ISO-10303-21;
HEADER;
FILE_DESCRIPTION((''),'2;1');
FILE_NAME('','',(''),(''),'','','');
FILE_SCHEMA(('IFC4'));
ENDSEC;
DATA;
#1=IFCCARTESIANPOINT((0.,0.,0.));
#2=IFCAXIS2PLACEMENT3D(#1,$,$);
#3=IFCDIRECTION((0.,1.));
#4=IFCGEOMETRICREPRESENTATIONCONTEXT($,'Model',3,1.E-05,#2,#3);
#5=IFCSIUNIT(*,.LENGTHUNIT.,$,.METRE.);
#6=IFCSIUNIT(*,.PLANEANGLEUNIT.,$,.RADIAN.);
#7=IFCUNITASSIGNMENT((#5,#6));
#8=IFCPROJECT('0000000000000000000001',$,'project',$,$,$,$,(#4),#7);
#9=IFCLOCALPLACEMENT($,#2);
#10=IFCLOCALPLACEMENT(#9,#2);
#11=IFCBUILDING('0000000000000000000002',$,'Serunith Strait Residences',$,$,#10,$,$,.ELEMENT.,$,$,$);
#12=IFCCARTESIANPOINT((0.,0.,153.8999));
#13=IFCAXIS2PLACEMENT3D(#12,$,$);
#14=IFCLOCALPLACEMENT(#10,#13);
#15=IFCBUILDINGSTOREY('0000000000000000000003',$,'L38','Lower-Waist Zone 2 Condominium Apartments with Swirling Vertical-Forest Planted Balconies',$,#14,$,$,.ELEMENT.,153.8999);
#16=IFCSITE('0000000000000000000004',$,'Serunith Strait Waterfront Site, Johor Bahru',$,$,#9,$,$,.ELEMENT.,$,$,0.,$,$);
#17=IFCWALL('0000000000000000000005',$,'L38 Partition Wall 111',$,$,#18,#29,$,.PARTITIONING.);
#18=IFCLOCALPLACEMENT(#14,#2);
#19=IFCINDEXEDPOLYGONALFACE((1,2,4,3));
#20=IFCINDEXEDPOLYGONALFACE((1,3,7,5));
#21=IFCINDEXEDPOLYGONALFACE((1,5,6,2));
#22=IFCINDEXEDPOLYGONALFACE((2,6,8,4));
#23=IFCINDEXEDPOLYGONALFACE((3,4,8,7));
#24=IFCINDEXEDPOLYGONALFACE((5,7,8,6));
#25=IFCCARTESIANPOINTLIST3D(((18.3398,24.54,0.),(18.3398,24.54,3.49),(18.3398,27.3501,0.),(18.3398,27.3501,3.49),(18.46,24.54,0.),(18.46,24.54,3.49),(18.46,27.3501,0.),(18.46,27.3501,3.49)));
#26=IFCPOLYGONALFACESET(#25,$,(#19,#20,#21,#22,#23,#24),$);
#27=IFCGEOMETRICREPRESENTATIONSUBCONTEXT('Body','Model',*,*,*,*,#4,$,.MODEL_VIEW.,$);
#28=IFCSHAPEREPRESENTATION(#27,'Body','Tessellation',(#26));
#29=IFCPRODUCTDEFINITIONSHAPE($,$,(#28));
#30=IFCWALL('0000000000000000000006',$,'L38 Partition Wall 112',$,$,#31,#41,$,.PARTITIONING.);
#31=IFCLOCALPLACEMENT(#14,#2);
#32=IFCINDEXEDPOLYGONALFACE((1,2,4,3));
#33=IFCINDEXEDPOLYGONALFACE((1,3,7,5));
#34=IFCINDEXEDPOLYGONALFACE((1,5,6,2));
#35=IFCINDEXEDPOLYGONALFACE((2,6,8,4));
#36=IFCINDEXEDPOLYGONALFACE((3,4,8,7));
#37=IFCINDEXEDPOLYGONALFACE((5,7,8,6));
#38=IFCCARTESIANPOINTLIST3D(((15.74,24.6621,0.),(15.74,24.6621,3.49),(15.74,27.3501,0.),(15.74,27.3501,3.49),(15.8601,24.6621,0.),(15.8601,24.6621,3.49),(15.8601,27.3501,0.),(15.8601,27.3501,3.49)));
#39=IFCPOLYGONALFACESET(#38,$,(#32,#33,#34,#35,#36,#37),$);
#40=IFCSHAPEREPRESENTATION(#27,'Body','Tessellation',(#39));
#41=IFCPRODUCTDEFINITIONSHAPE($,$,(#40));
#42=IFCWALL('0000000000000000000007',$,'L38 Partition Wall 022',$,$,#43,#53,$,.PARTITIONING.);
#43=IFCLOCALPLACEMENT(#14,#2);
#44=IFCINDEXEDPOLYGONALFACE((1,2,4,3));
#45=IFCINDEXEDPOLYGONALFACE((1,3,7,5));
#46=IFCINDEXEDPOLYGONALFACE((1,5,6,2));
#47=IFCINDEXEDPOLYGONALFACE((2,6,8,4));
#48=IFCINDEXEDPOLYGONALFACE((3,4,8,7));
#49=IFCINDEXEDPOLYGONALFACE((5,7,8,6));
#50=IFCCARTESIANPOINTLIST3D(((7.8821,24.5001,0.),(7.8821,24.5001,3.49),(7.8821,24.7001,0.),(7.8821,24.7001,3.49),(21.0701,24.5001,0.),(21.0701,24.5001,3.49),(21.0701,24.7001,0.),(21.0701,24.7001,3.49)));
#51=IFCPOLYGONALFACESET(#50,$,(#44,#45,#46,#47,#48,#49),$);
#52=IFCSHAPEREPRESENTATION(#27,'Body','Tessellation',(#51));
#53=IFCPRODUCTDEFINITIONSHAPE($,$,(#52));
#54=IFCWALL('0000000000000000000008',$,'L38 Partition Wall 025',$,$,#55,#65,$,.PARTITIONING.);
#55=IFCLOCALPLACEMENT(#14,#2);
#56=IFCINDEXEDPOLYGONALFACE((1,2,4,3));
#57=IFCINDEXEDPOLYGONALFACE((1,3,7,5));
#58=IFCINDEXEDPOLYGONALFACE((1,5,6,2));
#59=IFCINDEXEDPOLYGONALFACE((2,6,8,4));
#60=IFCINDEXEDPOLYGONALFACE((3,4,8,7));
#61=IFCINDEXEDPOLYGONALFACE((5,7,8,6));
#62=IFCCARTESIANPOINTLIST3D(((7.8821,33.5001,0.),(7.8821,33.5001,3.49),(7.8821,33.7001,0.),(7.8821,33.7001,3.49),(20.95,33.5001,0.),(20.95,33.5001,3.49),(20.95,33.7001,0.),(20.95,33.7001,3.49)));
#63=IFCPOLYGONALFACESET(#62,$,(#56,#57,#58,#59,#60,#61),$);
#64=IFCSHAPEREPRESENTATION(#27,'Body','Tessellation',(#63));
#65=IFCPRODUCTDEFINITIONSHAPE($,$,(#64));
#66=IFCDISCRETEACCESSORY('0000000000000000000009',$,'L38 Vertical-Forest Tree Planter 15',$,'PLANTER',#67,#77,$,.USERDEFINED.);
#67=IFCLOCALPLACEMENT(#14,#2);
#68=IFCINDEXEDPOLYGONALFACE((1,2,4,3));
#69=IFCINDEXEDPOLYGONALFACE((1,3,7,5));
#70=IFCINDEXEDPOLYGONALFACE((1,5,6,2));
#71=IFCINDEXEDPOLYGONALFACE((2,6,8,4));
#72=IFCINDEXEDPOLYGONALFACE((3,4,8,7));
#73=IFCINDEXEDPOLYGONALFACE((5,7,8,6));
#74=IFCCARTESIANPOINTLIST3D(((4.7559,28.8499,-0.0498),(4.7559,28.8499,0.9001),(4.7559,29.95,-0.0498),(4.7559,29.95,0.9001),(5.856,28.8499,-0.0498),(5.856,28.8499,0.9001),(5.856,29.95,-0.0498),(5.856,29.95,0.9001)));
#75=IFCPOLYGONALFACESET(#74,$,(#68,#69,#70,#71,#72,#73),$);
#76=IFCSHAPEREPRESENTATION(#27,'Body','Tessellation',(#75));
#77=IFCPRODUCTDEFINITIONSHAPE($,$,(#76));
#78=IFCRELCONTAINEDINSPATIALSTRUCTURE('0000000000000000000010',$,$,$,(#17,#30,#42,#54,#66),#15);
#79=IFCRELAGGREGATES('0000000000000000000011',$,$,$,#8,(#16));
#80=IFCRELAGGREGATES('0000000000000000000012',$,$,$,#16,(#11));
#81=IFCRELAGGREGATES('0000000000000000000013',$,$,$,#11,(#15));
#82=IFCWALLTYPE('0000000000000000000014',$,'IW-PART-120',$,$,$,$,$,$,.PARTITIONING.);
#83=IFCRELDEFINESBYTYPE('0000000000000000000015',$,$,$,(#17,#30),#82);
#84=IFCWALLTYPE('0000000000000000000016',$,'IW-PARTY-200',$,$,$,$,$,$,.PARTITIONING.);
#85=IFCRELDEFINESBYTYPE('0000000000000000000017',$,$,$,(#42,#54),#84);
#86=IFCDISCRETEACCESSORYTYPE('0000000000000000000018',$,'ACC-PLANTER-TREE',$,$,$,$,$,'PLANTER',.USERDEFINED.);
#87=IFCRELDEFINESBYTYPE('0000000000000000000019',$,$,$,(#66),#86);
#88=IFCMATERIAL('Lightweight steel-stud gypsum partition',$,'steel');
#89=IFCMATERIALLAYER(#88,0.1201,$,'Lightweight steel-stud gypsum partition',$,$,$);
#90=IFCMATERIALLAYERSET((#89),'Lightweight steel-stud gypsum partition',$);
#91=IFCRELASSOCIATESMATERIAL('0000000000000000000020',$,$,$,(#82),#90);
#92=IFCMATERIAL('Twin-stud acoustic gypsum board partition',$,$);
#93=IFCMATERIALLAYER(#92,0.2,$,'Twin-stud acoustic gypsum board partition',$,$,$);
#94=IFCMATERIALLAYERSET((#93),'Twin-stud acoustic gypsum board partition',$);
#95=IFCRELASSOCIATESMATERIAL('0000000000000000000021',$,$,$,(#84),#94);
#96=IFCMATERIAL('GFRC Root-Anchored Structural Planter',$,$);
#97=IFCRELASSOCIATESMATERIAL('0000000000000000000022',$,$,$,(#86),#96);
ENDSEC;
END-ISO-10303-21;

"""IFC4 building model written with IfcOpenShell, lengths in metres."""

from ifc_helpers import new_model, si_unit, direction, frame, frame_2d, origin, origin_2d, place, context, subcontext, project, spatial, rectangle, extrude, source, transform, mapped, material, layer, layer_set, type_object, element, save


model = new_model("IFC4")

# Units and contexts
model_context = context("Model", 3, precision=1e-05, world=origin(), true_north=direction((0.0, 1.0)))
body_context = subcontext(model_context, "Body", "Model", "MODEL_VIEW")
ifc_project = project(units=[si_unit("LENGTHUNIT", "METRE"), si_unit("PLANEANGLEUNIT", "RADIAN")], contexts=[model_context])

# Site, building, storey
site_placement = place(None, origin())
site = spatial("IfcSite", under=ifc_project, at=site_placement, Name="Serunith Strait Waterfront Site, Johor Bahru", CompositionType="ELEMENT", RefElevation=0.0)
building_placement = place(site_placement, origin())
building = spatial("IfcBuilding", under=site, at=building_placement, Name="Serunith Strait Residences", CompositionType="ELEMENT")
storey_placement = place(building_placement, frame((0.0, 0.0, 153.8999)))
storey = spatial("IfcBuildingStorey", under=building, at=storey_placement, Name="L38", Description="Lower-Waist Zone 2 Condominium Apartments with Swirling Vertical-Forest Planted Balconies", CompositionType="ELEMENT", Elevation=153.8999)

# Shared definitions
ifc_material_1 = material(Name="Lightweight steel-stud gypsum partition", Category="steel")
ifc_layer_1 = layer(ifc_material_1, 0.1201, Name="Lightweight steel-stud gypsum partition")
ifc_layer_set_1 = layer_set([ifc_layer_1], Name="Lightweight steel-stud gypsum partition")
wall_type_1 = type_object("IfcWallType", Name="IW-PART-120", PredefinedType="PARTITIONING", material=ifc_layer_set_1)

# Walls
wall_1_placement = place(storey_placement, frame((18.3999, 24.54, 0.0), z_axis=(0.0, 0.0, 1.0), x_axis=(0.0, 1.0, 0.0)))
element("IfcWall", 1, at=wall_1_placement, inside=storey, type_object=wall_type_1, Name="L38 Partition Wall 111", PredefinedType="PARTITIONING", context=body_context, shape_type="SweptSolid", body=[
    extrude(rectangle(XDim=2.8101, YDim=0.1201, at=frame_2d((1.405, 0.0))), origin(), (0.0, 0.0, 1.0), 3.49),
])
wall_2_placement = place(storey_placement, frame((15.8, 24.6621, 0.0), z_axis=(0.0, 0.0, 1.0), x_axis=(0.0, 1.0, 0.0)))
element("IfcWall", 2, at=wall_2_placement, inside=storey, type_object=wall_type_1, Name="L38 Partition Wall 112", PredefinedType="PARTITIONING", context=body_context, shape_type="SweptSolid", body=[
    extrude(rectangle(XDim=2.688, YDim=0.1201, at=frame_2d((1.344, 0.0))), origin(), (0.0, 0.0, 1.0), 3.49),
])
ifc_material_2 = material(Name="Twin-stud acoustic gypsum board partition")
ifc_layer_2 = layer(ifc_material_2, 0.2, Name="Twin-stud acoustic gypsum board partition")
ifc_layer_set_2 = layer_set([ifc_layer_2], Name="Twin-stud acoustic gypsum board partition")
wall_type_2 = type_object("IfcWallType", Name="IW-PARTY-200", PredefinedType="PARTITIONING", material=ifc_layer_set_2)
wall_3_placement = place(storey_placement, frame((7.8821, 24.6001, 0.0), z_axis=(0.0, 0.0, 1.0), x_axis=(1.0, 0.0, 0.0)))
element("IfcWall", 3, at=wall_3_placement, inside=storey, type_object=wall_type_2, Name="L38 Partition Wall 022", PredefinedType="PARTITIONING", context=body_context, shape_type="SweptSolid", body=[
    extrude(rectangle(XDim=13.188, YDim=0.2, at=frame_2d((6.594, 0.0))), origin(), (0.0, 0.0, 1.0), 3.49),
])
wall_4_placement = place(storey_placement, frame((7.8821, 33.6001, 0.0), z_axis=(0.0, 0.0, 1.0), x_axis=(1.0, 0.0, 0.0)))
element("IfcWall", 4, at=wall_4_placement, inside=storey, type_object=wall_type_2, Name="L38 Partition Wall 025", PredefinedType="PARTITIONING", context=body_context, shape_type="SweptSolid", body=[
    extrude(rectangle(XDim=13.0679, YDim=0.2, at=frame_2d((6.5339, 0.0))), origin(), (0.0, 0.0, 1.0), 3.49),
])

# Discrete accessory
ifc_material_3 = material(Name="GFRC Root-Anchored Structural Planter")
discrete_accessory_type = type_object("IfcDiscreteAccessoryType", Name="ACC-PLANTER-TREE", ElementType="PLANTER", PredefinedType="USERDEFINED", material=ifc_material_3)
shared_shape_1 = source(origin(), body_context, "Body", "SweptSolid", [
    extrude(rectangle(XDim=1.1001, YDim=1.1001, at=origin_2d()), origin(), (0.0, 0.0, 1.0), 0.95),
])
discrete_accessory_placement = place(storey_placement, frame((5.3059, 29.3999, -0.0498), z_axis=(0.0, 0.0, 1.0), x_axis=(0.0, -1.0, 0.0)))
element("IfcDiscreteAccessory", 5, at=discrete_accessory_placement, inside=storey, type_object=discrete_accessory_type, Name="L38 Vertical-Forest Tree Planter 15", ObjectType="PLANTER", PredefinedType="USERDEFINED", context=body_context, shape_type="MappedRepresentation", body=[
    mapped(shared_shape_1, transform((0.0, 0.0, 0.0), scale=1.0)),
])

save(model, "model.ifc")
